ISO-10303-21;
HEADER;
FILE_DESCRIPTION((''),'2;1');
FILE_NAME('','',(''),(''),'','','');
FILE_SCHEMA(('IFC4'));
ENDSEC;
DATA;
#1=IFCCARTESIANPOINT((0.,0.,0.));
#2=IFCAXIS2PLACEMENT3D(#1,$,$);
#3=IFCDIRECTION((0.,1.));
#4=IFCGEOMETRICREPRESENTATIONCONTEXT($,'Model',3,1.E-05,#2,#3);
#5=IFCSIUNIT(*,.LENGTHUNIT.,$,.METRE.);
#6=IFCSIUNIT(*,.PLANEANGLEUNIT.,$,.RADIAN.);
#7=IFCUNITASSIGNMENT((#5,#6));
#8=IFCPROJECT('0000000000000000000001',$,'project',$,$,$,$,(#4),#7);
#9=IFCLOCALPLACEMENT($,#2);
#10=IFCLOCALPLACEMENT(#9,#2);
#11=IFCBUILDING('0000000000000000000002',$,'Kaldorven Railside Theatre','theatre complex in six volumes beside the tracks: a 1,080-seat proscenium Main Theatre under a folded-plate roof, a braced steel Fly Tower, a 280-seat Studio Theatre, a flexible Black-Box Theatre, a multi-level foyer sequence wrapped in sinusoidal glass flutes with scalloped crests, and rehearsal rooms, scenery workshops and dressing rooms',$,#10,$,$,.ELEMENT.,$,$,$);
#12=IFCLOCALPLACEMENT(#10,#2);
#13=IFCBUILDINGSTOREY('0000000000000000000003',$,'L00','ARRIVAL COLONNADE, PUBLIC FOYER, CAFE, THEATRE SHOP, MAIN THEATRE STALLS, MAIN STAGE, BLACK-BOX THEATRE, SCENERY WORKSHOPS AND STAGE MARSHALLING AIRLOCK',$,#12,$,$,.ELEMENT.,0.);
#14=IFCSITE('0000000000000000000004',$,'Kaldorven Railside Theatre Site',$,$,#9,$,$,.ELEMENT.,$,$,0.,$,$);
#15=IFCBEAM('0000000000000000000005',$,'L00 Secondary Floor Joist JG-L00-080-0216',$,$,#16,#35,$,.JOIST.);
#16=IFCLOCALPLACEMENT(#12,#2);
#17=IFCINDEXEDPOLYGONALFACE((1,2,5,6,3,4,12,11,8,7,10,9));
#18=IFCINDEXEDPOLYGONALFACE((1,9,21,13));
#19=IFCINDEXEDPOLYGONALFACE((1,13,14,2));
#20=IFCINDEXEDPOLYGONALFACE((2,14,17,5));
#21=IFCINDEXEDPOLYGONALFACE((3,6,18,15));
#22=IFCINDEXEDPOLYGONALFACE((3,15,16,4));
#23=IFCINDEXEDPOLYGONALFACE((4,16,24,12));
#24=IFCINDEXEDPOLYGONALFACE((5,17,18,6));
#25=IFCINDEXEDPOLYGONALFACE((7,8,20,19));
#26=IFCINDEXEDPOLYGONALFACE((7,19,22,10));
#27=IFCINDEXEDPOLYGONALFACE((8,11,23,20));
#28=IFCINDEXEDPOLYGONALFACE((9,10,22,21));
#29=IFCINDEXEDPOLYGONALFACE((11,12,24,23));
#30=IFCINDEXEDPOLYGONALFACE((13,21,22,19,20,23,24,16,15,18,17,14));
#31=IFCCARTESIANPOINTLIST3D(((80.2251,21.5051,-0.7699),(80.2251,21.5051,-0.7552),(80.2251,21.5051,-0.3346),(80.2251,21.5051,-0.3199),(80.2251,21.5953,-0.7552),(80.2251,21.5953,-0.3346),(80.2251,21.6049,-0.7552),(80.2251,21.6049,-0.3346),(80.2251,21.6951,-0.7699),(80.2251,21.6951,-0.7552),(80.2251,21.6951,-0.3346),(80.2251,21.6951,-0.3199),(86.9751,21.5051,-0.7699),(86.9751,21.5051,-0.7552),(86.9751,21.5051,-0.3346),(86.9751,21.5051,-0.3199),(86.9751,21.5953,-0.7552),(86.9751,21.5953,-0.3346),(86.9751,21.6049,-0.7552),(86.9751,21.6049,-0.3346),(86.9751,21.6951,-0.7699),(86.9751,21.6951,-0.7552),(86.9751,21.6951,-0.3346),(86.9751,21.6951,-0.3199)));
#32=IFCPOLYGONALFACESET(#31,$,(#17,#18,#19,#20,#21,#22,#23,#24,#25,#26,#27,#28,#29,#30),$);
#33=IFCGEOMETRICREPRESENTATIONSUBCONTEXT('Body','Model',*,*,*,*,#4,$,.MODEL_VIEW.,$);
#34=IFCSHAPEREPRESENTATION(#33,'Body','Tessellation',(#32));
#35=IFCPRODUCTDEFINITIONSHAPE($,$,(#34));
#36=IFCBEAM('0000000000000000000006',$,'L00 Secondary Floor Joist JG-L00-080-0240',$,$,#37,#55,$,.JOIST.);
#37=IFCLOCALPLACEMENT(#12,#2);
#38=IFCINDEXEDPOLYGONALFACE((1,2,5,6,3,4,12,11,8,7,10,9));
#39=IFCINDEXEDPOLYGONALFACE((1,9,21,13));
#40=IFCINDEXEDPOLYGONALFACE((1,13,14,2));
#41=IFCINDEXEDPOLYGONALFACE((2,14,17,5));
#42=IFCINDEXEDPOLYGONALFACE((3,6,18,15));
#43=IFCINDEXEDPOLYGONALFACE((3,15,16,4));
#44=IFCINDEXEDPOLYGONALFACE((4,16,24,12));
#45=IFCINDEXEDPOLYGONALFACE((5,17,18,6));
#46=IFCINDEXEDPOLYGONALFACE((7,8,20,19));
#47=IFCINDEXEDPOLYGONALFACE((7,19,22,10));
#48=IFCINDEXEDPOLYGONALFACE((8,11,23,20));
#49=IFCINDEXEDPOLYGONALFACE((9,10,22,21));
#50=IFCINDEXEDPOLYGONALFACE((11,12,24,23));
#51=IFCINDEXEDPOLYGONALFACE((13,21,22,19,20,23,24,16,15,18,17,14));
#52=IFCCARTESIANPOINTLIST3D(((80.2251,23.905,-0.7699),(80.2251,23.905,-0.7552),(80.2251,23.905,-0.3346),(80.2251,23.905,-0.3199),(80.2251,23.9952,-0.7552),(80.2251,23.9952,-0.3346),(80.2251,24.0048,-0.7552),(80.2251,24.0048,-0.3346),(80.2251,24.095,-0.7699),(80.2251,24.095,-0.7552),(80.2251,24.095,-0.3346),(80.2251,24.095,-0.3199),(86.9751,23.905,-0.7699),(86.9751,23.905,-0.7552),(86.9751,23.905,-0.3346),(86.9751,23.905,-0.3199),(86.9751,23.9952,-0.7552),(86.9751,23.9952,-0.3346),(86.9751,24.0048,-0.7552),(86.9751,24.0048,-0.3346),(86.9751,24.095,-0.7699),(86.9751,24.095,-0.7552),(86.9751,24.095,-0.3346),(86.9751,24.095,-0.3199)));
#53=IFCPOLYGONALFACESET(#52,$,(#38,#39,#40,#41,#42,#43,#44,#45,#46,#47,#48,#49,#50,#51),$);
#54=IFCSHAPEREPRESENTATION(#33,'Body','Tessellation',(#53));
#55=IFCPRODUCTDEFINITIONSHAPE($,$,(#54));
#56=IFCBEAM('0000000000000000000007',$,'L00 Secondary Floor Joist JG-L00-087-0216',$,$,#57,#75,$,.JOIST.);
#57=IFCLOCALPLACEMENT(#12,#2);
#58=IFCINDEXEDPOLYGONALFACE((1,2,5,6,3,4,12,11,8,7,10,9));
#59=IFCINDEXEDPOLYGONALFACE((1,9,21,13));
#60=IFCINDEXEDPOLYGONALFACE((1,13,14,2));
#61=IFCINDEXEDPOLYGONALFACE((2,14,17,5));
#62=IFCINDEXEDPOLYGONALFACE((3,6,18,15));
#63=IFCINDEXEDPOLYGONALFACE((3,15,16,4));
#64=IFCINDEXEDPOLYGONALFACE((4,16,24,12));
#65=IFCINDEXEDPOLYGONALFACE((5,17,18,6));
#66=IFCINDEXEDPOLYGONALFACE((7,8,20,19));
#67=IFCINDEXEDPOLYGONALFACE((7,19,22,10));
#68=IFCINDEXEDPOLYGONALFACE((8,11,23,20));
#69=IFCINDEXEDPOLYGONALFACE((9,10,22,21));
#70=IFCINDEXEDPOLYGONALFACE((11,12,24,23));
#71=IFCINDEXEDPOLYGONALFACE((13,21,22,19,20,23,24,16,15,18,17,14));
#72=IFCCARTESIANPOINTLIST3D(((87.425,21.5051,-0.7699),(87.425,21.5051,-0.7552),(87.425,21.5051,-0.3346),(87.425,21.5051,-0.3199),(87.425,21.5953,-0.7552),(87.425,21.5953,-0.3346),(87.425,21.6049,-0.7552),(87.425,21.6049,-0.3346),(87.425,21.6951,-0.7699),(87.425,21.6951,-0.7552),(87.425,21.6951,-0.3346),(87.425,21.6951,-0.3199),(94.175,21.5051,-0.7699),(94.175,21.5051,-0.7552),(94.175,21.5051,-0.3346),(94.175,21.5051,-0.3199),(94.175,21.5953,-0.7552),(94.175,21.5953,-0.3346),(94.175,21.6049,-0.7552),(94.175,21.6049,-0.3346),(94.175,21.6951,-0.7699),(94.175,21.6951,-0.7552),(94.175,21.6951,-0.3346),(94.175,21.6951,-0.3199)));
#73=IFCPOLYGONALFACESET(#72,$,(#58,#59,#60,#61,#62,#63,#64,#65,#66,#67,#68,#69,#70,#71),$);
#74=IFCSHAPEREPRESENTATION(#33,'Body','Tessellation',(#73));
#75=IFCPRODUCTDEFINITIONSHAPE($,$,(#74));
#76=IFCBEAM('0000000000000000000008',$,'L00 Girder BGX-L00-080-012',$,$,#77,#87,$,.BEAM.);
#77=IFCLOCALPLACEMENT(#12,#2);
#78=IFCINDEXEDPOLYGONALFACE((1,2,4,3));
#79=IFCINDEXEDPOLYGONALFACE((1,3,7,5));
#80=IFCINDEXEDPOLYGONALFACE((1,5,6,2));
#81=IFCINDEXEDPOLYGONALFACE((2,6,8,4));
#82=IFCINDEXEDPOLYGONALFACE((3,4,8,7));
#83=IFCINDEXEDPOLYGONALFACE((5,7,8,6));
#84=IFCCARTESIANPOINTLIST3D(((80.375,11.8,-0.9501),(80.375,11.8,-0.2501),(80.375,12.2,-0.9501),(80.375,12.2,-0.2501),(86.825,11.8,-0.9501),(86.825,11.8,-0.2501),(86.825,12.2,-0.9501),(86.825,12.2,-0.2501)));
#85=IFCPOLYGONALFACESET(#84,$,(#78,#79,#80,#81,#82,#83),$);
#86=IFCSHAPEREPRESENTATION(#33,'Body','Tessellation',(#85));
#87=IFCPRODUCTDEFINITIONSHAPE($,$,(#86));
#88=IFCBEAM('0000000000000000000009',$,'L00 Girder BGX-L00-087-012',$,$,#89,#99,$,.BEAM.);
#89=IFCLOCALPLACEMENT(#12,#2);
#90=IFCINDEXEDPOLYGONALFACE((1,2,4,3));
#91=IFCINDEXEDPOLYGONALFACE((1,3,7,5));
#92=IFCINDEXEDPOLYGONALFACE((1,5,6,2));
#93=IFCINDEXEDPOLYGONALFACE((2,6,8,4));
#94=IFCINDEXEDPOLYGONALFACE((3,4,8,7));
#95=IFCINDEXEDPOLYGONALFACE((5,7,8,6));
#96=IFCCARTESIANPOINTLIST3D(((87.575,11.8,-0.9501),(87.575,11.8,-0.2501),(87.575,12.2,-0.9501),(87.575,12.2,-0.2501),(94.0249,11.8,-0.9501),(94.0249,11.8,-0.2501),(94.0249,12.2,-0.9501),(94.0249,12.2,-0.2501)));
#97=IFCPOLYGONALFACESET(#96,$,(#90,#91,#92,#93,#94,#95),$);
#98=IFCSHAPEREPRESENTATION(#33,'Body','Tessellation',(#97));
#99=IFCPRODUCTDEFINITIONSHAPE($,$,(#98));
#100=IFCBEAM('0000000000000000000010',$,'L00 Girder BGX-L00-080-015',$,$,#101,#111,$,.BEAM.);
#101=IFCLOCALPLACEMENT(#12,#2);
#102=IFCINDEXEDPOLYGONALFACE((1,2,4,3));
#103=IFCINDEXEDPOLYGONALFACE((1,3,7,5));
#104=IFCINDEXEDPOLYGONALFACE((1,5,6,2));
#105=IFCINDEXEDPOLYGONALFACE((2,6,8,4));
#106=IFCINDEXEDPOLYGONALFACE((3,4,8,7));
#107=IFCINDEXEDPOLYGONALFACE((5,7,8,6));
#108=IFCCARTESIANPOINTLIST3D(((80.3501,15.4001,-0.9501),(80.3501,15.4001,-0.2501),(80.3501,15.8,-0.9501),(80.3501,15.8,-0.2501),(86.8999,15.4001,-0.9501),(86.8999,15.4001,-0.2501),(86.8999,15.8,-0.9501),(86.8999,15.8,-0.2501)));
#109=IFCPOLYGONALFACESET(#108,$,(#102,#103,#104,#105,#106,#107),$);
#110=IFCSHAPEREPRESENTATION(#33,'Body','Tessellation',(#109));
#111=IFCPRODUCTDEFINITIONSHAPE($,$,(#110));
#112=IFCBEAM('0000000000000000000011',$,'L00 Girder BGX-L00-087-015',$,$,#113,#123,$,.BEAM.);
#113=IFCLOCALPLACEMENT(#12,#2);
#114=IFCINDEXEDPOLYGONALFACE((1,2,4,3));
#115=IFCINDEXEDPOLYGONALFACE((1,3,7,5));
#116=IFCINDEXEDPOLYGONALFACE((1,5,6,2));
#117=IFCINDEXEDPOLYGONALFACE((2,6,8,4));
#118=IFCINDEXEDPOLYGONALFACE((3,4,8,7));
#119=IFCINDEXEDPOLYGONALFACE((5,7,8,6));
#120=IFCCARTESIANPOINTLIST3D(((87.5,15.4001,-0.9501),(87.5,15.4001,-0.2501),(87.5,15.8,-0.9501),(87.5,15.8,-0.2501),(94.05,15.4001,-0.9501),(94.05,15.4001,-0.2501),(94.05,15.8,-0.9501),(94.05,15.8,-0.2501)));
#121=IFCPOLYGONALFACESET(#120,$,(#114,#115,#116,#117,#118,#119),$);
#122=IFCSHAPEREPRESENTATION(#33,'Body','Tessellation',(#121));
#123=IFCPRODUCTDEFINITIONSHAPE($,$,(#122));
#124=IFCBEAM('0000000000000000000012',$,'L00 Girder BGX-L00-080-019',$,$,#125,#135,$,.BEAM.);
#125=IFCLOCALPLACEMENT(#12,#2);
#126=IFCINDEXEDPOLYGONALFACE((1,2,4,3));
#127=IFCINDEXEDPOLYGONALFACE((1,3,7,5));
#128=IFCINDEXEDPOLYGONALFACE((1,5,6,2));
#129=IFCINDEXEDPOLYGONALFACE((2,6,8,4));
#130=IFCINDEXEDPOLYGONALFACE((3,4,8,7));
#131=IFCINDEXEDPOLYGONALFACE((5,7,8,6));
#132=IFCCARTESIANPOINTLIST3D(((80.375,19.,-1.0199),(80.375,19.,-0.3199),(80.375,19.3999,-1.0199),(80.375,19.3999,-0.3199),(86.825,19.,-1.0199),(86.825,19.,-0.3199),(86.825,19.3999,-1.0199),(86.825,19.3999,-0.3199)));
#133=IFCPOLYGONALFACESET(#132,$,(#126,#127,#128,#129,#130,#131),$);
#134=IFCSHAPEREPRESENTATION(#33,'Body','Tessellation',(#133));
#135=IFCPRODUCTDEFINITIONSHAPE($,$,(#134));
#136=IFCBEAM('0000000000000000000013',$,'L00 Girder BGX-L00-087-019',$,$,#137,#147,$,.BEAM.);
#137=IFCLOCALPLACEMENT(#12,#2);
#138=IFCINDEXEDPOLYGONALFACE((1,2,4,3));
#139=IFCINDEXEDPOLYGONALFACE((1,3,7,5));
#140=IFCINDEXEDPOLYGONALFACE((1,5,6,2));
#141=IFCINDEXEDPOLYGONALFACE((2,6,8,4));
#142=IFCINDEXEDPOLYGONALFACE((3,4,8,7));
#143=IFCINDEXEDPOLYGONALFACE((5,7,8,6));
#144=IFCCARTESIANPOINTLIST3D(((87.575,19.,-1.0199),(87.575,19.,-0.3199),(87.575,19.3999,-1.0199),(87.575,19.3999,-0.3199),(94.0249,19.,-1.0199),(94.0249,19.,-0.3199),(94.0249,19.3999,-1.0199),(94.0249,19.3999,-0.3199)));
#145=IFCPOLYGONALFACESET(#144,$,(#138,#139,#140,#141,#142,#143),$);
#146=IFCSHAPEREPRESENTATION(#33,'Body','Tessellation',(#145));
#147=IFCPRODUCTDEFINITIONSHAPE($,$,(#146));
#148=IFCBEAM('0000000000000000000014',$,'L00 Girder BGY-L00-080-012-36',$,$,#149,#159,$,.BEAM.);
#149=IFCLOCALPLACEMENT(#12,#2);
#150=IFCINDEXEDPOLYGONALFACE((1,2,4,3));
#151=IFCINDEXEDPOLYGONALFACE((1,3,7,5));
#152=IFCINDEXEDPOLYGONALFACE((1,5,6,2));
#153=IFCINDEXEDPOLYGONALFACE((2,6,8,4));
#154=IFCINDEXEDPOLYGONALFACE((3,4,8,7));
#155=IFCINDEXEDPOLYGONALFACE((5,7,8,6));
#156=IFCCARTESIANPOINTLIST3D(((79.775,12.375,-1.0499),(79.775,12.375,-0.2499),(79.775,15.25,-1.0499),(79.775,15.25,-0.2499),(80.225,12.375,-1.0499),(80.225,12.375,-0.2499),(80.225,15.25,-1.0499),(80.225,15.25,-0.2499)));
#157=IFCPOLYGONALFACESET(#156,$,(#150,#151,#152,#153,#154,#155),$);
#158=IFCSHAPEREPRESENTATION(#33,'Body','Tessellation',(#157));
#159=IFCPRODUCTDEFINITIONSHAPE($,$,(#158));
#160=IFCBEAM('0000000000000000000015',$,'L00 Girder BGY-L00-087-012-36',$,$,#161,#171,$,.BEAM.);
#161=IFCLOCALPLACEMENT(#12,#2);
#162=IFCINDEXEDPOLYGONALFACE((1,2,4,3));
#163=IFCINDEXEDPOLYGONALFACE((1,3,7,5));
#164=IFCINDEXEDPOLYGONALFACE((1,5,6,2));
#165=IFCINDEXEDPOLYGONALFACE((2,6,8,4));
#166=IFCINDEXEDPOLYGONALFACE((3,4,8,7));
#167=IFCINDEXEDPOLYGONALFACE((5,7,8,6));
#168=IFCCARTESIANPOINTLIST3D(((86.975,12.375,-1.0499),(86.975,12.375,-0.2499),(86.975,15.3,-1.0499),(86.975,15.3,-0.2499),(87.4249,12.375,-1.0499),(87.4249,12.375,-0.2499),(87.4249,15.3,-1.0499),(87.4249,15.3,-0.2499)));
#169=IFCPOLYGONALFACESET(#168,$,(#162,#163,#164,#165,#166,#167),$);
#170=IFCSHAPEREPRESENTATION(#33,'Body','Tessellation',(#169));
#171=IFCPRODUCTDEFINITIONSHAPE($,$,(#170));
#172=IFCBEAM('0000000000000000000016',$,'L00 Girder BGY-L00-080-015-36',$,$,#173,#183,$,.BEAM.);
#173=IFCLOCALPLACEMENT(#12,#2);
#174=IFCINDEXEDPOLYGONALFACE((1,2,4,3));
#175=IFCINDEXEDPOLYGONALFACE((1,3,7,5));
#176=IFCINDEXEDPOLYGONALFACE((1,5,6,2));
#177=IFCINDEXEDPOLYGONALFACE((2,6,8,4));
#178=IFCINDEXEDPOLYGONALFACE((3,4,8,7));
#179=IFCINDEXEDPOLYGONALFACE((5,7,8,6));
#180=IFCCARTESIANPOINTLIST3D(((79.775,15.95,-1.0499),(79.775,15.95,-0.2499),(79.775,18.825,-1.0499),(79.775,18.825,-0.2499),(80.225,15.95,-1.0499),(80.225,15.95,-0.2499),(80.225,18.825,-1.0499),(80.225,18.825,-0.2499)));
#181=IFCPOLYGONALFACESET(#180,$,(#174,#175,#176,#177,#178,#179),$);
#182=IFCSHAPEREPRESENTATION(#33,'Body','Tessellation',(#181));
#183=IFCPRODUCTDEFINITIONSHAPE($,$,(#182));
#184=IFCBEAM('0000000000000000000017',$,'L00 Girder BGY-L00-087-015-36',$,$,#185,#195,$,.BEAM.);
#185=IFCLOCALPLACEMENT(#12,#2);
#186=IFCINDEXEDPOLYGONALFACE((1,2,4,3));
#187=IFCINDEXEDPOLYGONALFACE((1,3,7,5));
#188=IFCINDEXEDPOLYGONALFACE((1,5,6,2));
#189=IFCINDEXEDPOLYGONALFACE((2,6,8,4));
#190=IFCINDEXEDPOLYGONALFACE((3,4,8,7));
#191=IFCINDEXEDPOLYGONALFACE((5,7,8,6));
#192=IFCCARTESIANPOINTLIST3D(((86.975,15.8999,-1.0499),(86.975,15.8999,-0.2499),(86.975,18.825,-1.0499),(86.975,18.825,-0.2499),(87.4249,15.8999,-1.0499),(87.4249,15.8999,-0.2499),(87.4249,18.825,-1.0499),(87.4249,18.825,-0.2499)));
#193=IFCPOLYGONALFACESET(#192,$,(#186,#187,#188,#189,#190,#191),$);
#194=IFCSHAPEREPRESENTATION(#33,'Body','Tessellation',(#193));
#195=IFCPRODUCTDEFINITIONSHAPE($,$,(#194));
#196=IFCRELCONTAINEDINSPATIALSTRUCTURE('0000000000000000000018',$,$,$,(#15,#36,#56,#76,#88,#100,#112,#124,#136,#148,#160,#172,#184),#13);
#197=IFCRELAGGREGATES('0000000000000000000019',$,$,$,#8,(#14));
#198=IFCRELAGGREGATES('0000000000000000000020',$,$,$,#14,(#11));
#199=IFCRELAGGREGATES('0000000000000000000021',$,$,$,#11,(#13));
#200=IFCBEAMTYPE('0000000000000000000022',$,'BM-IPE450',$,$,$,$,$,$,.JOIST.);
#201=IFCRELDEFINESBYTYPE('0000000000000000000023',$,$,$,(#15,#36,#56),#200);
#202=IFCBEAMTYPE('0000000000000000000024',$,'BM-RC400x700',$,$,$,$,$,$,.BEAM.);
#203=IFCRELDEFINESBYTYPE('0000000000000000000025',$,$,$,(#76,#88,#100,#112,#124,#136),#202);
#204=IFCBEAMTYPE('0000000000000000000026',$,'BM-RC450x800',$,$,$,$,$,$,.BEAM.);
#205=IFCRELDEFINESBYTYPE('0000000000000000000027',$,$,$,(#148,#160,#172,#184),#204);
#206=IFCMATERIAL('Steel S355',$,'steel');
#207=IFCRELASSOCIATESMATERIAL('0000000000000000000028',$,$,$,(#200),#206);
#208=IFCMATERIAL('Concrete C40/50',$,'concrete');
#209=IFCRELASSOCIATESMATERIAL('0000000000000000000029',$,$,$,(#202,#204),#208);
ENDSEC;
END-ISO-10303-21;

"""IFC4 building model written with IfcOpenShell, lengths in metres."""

from ifc_helpers import new_model, si_unit, direction, frame, origin, origin_2d, place, context, subcontext, project, spatial, rectangle, i_section, extrude, material, material_profile, profile_set, type_object, element, save


model = new_model("IFC4")

# Units and contexts
model_context = context("Model", 3, precision=1e-05, world=origin(), true_north=direction((0.0, 1.0)))
body_context = subcontext(model_context, "Body", "Model", "MODEL_VIEW")
ifc_project = project(units=[si_unit("LENGTHUNIT", "METRE"), si_unit("PLANEANGLEUNIT", "RADIAN")], contexts=[model_context])

# Site, building, storey
site_placement = place(None, origin())
site = spatial("IfcSite", under=ifc_project, at=site_placement, Name="Kaldorven Railside Theatre Site", CompositionType="ELEMENT", RefElevation=0.0)
building_placement = place(site_placement, origin())
building = spatial("IfcBuilding", under=site, at=building_placement, Name="Kaldorven Railside Theatre", Description="theatre complex in six volumes beside the tracks: a 1,080-seat proscenium Main Theatre under a folded-plate roof, a braced steel Fly Tower, a 280-seat Studio Theatre, a flexible Black-Box Theatre, a multi-level foyer sequence wrapped in sinusoidal glass flutes with scalloped crests, and rehearsal rooms, scenery workshops and dressing rooms", CompositionType="ELEMENT")
storey_placement = place(building_placement, origin())
storey = spatial("IfcBuildingStorey", under=building, at=storey_placement, Name="L00", Description="ARRIVAL COLONNADE, PUBLIC FOYER, CAFE, THEATRE SHOP, MAIN THEATRE STALLS, MAIN STAGE, BLACK-BOX THEATRE, SCENERY WORKSHOPS AND STAGE MARSHALLING AIRLOCK", CompositionType="ELEMENT", Elevation=0.0)

# Shared definitions
ifc_material_1 = material(Name="Concrete C40/50", Category="concrete")

# Beams
ifc_material_2 = material(Name="Steel S355", Category="steel")
ifc_material_profile_1 = material_profile(ifc_material_2, i_section(OverallWidth=0.1899, OverallDepth=0.45, WebThickness=0.0095, FlangeThickness=0.0146, at=origin_2d()), Name="IPE 450")
ifc_profile_set_1 = profile_set([ifc_material_profile_1], Name="Steel S355")
beam_type_1 = type_object("IfcBeamType", Name="BM-IPE450", PredefinedType="JOIST", material=ifc_profile_set_1)
for number, where, z_axis, x_axis, name in (
    (1, (80.2251, 21.6001, -0.5449), (1.0, 0.0, 0.0), (0.0, 1.0, 0.0), "L00 Secondary Floor Joist JG-L00-080-0216"),
    (2, (80.2251, 24.0, -0.5449), (1.0, 0.0, 0.0), (0.0, 1.0, 0.0), "L00 Secondary Floor Joist JG-L00-080-0240"),
    (3, (87.425, 21.6001, -0.5449), (1.0, 0.0, 0.0), (0.0, 1.0, 0.0), "L00 Secondary Floor Joist JG-L00-087-0216"),
):
    element("IfcBeam", number, at=place(storey_placement, frame(where, z_axis=z_axis, x_axis=x_axis)), inside=storey, type_object=beam_type_1, Name=name, PredefinedType="JOIST", context=body_context, shape_type="SweptSolid", body=[
        extrude(i_section(OverallWidth=0.1899, OverallDepth=0.45, WebThickness=0.0095, FlangeThickness=0.0146, at=origin_2d()), origin(), (0.0, 0.0, 1.0), 6.75),
    ])
ifc_material_profile_2 = material_profile(ifc_material_1, rectangle(XDim=0.3999, YDim=0.7, at=origin_2d()), Name="RC 400x700")
ifc_profile_set_2 = profile_set([ifc_material_profile_2], Name="Concrete C40/50")
beam_type_2 = type_object("IfcBeamType", Name="BM-RC400x700", PredefinedType="BEAM", material=ifc_profile_set_2)
for number, where, z_axis, x_axis, name in (
    (4, (80.375, 12.0, -0.6001), (1.0, 0.0, 0.0), (0.0, 1.0, 0.0), "L00 Girder BGX-L00-080-012"),
    (5, (87.575, 12.0, -0.6001), (1.0, 0.0, 0.0), (0.0, 1.0, 0.0), "L00 Girder BGX-L00-087-012"),
):
    element("IfcBeam", number, at=place(storey_placement, frame(where, z_axis=z_axis, x_axis=x_axis)), inside=storey, type_object=beam_type_2, Name=name, PredefinedType="BEAM", context=body_context, shape_type="SweptSolid", body=[
        extrude(rectangle(XDim=0.3999, YDim=0.7, at=origin_2d()), origin(), (0.0, 0.0, 1.0), 6.45),
    ])
beam_1_placement = place(storey_placement, frame((80.3501, 15.6001, -0.6001), z_axis=(1.0, 0.0, 0.0), x_axis=(0.0, 1.0, 0.0)))
element("IfcBeam", 6, at=beam_1_placement, inside=storey, type_object=beam_type_2, Name="L00 Girder BGX-L00-080-015", PredefinedType="BEAM", context=body_context, shape_type="SweptSolid", body=[
    extrude(rectangle(XDim=0.3999, YDim=0.7, at=origin_2d()), origin(), (0.0, 0.0, 1.0), 6.5498),
])
beam_2_placement = place(storey_placement, frame((87.5, 15.6001, -0.6001), z_axis=(1.0, 0.0, 0.0), x_axis=(0.0, 1.0, 0.0)))
element("IfcBeam", 7, at=beam_2_placement, inside=storey, type_object=beam_type_2, Name="L00 Girder BGX-L00-087-015", PredefinedType="BEAM", context=body_context, shape_type="SweptSolid", body=[
    extrude(rectangle(XDim=0.3999, YDim=0.7, at=origin_2d()), origin(), (0.0, 0.0, 1.0), 6.55),
])
for number, where, z_axis, x_axis, name in (
    (8, (80.375, 19.2, -0.6699), (1.0, 0.0, 0.0), (0.0, 1.0, 0.0), "L00 Girder BGX-L00-080-019"),
    (9, (87.575, 19.2, -0.6699), (1.0, 0.0, 0.0), (0.0, 1.0, 0.0), "L00 Girder BGX-L00-087-019"),
):
    element("IfcBeam", number, at=place(storey_placement, frame(where, z_axis=z_axis, x_axis=x_axis)), inside=storey, type_object=beam_type_2, Name=name, PredefinedType="BEAM", context=body_context, shape_type="SweptSolid", body=[
        extrude(rectangle(XDim=0.3999, YDim=0.7, at=origin_2d()), origin(), (0.0, 0.0, 1.0), 6.45),
    ])
ifc_material_profile_3 = material_profile(ifc_material_1, rectangle(XDim=0.45, YDim=0.8, at=origin_2d()), Name="RC 450x800")
ifc_profile_set_3 = profile_set([ifc_material_profile_3], Name="Concrete C40/50")
beam_type_3 = type_object("IfcBeamType", Name="BM-RC450x800", PredefinedType="BEAM", material=ifc_profile_set_3)
beam_3_placement = place(storey_placement, frame((80.0, 12.375, -0.6499), z_axis=(0.0, 1.0, 0.0), x_axis=(-1.0, 0.0, 0.0)))
element("IfcBeam", 10, at=beam_3_placement, inside=storey, type_object=beam_type_3, Name="L00 Girder BGY-L00-080-012-36", PredefinedType="BEAM", context=body_context, shape_type="SweptSolid", body=[
    extrude(rectangle(XDim=0.45, YDim=0.8, at=origin_2d()), origin(), (0.0, 0.0, 1.0), 2.875),
])
beam_4_placement = place(storey_placement, frame((87.2, 12.375, -0.6499), z_axis=(0.0, 1.0, 0.0), x_axis=(-1.0, 0.0, 0.0)))
element("IfcBeam", 11, at=beam_4_placement, inside=storey, type_object=beam_type_3, Name="L00 Girder BGY-L00-087-012-36", PredefinedType="BEAM", context=body_context, shape_type="SweptSolid", body=[
    extrude(rectangle(XDim=0.45, YDim=0.8, at=origin_2d()), origin(), (0.0, 0.0, 1.0), 2.925),
])
beam_5_placement = place(storey_placement, frame((80.0, 15.95, -0.6499), z_axis=(0.0, 1.0, 0.0), x_axis=(-1.0, 0.0, 0.0)))
element("IfcBeam", 12, at=beam_5_placement, inside=storey, type_object=beam_type_3, Name="L00 Girder BGY-L00-080-015-36", PredefinedType="BEAM", context=body_context, shape_type="SweptSolid", body=[
    extrude(rectangle(XDim=0.45, YDim=0.8, at=origin_2d()), origin(), (0.0, 0.0, 1.0), 2.875),
])
beam_6_placement = place(storey_placement, frame((87.2, 15.8999, -0.6499), z_axis=(0.0, 1.0, 0.0), x_axis=(-1.0, 0.0, 0.0)))
element("IfcBeam", 13, at=beam_6_placement, inside=storey, type_object=beam_type_3, Name="L00 Girder BGY-L00-087-015-36", PredefinedType="BEAM", context=body_context, shape_type="SweptSolid", body=[
    extrude(rectangle(XDim=0.45, YDim=0.8, at=origin_2d()), origin(), (0.0, 0.0, 1.0), 2.925),
])

save(model, "model.ifc")
